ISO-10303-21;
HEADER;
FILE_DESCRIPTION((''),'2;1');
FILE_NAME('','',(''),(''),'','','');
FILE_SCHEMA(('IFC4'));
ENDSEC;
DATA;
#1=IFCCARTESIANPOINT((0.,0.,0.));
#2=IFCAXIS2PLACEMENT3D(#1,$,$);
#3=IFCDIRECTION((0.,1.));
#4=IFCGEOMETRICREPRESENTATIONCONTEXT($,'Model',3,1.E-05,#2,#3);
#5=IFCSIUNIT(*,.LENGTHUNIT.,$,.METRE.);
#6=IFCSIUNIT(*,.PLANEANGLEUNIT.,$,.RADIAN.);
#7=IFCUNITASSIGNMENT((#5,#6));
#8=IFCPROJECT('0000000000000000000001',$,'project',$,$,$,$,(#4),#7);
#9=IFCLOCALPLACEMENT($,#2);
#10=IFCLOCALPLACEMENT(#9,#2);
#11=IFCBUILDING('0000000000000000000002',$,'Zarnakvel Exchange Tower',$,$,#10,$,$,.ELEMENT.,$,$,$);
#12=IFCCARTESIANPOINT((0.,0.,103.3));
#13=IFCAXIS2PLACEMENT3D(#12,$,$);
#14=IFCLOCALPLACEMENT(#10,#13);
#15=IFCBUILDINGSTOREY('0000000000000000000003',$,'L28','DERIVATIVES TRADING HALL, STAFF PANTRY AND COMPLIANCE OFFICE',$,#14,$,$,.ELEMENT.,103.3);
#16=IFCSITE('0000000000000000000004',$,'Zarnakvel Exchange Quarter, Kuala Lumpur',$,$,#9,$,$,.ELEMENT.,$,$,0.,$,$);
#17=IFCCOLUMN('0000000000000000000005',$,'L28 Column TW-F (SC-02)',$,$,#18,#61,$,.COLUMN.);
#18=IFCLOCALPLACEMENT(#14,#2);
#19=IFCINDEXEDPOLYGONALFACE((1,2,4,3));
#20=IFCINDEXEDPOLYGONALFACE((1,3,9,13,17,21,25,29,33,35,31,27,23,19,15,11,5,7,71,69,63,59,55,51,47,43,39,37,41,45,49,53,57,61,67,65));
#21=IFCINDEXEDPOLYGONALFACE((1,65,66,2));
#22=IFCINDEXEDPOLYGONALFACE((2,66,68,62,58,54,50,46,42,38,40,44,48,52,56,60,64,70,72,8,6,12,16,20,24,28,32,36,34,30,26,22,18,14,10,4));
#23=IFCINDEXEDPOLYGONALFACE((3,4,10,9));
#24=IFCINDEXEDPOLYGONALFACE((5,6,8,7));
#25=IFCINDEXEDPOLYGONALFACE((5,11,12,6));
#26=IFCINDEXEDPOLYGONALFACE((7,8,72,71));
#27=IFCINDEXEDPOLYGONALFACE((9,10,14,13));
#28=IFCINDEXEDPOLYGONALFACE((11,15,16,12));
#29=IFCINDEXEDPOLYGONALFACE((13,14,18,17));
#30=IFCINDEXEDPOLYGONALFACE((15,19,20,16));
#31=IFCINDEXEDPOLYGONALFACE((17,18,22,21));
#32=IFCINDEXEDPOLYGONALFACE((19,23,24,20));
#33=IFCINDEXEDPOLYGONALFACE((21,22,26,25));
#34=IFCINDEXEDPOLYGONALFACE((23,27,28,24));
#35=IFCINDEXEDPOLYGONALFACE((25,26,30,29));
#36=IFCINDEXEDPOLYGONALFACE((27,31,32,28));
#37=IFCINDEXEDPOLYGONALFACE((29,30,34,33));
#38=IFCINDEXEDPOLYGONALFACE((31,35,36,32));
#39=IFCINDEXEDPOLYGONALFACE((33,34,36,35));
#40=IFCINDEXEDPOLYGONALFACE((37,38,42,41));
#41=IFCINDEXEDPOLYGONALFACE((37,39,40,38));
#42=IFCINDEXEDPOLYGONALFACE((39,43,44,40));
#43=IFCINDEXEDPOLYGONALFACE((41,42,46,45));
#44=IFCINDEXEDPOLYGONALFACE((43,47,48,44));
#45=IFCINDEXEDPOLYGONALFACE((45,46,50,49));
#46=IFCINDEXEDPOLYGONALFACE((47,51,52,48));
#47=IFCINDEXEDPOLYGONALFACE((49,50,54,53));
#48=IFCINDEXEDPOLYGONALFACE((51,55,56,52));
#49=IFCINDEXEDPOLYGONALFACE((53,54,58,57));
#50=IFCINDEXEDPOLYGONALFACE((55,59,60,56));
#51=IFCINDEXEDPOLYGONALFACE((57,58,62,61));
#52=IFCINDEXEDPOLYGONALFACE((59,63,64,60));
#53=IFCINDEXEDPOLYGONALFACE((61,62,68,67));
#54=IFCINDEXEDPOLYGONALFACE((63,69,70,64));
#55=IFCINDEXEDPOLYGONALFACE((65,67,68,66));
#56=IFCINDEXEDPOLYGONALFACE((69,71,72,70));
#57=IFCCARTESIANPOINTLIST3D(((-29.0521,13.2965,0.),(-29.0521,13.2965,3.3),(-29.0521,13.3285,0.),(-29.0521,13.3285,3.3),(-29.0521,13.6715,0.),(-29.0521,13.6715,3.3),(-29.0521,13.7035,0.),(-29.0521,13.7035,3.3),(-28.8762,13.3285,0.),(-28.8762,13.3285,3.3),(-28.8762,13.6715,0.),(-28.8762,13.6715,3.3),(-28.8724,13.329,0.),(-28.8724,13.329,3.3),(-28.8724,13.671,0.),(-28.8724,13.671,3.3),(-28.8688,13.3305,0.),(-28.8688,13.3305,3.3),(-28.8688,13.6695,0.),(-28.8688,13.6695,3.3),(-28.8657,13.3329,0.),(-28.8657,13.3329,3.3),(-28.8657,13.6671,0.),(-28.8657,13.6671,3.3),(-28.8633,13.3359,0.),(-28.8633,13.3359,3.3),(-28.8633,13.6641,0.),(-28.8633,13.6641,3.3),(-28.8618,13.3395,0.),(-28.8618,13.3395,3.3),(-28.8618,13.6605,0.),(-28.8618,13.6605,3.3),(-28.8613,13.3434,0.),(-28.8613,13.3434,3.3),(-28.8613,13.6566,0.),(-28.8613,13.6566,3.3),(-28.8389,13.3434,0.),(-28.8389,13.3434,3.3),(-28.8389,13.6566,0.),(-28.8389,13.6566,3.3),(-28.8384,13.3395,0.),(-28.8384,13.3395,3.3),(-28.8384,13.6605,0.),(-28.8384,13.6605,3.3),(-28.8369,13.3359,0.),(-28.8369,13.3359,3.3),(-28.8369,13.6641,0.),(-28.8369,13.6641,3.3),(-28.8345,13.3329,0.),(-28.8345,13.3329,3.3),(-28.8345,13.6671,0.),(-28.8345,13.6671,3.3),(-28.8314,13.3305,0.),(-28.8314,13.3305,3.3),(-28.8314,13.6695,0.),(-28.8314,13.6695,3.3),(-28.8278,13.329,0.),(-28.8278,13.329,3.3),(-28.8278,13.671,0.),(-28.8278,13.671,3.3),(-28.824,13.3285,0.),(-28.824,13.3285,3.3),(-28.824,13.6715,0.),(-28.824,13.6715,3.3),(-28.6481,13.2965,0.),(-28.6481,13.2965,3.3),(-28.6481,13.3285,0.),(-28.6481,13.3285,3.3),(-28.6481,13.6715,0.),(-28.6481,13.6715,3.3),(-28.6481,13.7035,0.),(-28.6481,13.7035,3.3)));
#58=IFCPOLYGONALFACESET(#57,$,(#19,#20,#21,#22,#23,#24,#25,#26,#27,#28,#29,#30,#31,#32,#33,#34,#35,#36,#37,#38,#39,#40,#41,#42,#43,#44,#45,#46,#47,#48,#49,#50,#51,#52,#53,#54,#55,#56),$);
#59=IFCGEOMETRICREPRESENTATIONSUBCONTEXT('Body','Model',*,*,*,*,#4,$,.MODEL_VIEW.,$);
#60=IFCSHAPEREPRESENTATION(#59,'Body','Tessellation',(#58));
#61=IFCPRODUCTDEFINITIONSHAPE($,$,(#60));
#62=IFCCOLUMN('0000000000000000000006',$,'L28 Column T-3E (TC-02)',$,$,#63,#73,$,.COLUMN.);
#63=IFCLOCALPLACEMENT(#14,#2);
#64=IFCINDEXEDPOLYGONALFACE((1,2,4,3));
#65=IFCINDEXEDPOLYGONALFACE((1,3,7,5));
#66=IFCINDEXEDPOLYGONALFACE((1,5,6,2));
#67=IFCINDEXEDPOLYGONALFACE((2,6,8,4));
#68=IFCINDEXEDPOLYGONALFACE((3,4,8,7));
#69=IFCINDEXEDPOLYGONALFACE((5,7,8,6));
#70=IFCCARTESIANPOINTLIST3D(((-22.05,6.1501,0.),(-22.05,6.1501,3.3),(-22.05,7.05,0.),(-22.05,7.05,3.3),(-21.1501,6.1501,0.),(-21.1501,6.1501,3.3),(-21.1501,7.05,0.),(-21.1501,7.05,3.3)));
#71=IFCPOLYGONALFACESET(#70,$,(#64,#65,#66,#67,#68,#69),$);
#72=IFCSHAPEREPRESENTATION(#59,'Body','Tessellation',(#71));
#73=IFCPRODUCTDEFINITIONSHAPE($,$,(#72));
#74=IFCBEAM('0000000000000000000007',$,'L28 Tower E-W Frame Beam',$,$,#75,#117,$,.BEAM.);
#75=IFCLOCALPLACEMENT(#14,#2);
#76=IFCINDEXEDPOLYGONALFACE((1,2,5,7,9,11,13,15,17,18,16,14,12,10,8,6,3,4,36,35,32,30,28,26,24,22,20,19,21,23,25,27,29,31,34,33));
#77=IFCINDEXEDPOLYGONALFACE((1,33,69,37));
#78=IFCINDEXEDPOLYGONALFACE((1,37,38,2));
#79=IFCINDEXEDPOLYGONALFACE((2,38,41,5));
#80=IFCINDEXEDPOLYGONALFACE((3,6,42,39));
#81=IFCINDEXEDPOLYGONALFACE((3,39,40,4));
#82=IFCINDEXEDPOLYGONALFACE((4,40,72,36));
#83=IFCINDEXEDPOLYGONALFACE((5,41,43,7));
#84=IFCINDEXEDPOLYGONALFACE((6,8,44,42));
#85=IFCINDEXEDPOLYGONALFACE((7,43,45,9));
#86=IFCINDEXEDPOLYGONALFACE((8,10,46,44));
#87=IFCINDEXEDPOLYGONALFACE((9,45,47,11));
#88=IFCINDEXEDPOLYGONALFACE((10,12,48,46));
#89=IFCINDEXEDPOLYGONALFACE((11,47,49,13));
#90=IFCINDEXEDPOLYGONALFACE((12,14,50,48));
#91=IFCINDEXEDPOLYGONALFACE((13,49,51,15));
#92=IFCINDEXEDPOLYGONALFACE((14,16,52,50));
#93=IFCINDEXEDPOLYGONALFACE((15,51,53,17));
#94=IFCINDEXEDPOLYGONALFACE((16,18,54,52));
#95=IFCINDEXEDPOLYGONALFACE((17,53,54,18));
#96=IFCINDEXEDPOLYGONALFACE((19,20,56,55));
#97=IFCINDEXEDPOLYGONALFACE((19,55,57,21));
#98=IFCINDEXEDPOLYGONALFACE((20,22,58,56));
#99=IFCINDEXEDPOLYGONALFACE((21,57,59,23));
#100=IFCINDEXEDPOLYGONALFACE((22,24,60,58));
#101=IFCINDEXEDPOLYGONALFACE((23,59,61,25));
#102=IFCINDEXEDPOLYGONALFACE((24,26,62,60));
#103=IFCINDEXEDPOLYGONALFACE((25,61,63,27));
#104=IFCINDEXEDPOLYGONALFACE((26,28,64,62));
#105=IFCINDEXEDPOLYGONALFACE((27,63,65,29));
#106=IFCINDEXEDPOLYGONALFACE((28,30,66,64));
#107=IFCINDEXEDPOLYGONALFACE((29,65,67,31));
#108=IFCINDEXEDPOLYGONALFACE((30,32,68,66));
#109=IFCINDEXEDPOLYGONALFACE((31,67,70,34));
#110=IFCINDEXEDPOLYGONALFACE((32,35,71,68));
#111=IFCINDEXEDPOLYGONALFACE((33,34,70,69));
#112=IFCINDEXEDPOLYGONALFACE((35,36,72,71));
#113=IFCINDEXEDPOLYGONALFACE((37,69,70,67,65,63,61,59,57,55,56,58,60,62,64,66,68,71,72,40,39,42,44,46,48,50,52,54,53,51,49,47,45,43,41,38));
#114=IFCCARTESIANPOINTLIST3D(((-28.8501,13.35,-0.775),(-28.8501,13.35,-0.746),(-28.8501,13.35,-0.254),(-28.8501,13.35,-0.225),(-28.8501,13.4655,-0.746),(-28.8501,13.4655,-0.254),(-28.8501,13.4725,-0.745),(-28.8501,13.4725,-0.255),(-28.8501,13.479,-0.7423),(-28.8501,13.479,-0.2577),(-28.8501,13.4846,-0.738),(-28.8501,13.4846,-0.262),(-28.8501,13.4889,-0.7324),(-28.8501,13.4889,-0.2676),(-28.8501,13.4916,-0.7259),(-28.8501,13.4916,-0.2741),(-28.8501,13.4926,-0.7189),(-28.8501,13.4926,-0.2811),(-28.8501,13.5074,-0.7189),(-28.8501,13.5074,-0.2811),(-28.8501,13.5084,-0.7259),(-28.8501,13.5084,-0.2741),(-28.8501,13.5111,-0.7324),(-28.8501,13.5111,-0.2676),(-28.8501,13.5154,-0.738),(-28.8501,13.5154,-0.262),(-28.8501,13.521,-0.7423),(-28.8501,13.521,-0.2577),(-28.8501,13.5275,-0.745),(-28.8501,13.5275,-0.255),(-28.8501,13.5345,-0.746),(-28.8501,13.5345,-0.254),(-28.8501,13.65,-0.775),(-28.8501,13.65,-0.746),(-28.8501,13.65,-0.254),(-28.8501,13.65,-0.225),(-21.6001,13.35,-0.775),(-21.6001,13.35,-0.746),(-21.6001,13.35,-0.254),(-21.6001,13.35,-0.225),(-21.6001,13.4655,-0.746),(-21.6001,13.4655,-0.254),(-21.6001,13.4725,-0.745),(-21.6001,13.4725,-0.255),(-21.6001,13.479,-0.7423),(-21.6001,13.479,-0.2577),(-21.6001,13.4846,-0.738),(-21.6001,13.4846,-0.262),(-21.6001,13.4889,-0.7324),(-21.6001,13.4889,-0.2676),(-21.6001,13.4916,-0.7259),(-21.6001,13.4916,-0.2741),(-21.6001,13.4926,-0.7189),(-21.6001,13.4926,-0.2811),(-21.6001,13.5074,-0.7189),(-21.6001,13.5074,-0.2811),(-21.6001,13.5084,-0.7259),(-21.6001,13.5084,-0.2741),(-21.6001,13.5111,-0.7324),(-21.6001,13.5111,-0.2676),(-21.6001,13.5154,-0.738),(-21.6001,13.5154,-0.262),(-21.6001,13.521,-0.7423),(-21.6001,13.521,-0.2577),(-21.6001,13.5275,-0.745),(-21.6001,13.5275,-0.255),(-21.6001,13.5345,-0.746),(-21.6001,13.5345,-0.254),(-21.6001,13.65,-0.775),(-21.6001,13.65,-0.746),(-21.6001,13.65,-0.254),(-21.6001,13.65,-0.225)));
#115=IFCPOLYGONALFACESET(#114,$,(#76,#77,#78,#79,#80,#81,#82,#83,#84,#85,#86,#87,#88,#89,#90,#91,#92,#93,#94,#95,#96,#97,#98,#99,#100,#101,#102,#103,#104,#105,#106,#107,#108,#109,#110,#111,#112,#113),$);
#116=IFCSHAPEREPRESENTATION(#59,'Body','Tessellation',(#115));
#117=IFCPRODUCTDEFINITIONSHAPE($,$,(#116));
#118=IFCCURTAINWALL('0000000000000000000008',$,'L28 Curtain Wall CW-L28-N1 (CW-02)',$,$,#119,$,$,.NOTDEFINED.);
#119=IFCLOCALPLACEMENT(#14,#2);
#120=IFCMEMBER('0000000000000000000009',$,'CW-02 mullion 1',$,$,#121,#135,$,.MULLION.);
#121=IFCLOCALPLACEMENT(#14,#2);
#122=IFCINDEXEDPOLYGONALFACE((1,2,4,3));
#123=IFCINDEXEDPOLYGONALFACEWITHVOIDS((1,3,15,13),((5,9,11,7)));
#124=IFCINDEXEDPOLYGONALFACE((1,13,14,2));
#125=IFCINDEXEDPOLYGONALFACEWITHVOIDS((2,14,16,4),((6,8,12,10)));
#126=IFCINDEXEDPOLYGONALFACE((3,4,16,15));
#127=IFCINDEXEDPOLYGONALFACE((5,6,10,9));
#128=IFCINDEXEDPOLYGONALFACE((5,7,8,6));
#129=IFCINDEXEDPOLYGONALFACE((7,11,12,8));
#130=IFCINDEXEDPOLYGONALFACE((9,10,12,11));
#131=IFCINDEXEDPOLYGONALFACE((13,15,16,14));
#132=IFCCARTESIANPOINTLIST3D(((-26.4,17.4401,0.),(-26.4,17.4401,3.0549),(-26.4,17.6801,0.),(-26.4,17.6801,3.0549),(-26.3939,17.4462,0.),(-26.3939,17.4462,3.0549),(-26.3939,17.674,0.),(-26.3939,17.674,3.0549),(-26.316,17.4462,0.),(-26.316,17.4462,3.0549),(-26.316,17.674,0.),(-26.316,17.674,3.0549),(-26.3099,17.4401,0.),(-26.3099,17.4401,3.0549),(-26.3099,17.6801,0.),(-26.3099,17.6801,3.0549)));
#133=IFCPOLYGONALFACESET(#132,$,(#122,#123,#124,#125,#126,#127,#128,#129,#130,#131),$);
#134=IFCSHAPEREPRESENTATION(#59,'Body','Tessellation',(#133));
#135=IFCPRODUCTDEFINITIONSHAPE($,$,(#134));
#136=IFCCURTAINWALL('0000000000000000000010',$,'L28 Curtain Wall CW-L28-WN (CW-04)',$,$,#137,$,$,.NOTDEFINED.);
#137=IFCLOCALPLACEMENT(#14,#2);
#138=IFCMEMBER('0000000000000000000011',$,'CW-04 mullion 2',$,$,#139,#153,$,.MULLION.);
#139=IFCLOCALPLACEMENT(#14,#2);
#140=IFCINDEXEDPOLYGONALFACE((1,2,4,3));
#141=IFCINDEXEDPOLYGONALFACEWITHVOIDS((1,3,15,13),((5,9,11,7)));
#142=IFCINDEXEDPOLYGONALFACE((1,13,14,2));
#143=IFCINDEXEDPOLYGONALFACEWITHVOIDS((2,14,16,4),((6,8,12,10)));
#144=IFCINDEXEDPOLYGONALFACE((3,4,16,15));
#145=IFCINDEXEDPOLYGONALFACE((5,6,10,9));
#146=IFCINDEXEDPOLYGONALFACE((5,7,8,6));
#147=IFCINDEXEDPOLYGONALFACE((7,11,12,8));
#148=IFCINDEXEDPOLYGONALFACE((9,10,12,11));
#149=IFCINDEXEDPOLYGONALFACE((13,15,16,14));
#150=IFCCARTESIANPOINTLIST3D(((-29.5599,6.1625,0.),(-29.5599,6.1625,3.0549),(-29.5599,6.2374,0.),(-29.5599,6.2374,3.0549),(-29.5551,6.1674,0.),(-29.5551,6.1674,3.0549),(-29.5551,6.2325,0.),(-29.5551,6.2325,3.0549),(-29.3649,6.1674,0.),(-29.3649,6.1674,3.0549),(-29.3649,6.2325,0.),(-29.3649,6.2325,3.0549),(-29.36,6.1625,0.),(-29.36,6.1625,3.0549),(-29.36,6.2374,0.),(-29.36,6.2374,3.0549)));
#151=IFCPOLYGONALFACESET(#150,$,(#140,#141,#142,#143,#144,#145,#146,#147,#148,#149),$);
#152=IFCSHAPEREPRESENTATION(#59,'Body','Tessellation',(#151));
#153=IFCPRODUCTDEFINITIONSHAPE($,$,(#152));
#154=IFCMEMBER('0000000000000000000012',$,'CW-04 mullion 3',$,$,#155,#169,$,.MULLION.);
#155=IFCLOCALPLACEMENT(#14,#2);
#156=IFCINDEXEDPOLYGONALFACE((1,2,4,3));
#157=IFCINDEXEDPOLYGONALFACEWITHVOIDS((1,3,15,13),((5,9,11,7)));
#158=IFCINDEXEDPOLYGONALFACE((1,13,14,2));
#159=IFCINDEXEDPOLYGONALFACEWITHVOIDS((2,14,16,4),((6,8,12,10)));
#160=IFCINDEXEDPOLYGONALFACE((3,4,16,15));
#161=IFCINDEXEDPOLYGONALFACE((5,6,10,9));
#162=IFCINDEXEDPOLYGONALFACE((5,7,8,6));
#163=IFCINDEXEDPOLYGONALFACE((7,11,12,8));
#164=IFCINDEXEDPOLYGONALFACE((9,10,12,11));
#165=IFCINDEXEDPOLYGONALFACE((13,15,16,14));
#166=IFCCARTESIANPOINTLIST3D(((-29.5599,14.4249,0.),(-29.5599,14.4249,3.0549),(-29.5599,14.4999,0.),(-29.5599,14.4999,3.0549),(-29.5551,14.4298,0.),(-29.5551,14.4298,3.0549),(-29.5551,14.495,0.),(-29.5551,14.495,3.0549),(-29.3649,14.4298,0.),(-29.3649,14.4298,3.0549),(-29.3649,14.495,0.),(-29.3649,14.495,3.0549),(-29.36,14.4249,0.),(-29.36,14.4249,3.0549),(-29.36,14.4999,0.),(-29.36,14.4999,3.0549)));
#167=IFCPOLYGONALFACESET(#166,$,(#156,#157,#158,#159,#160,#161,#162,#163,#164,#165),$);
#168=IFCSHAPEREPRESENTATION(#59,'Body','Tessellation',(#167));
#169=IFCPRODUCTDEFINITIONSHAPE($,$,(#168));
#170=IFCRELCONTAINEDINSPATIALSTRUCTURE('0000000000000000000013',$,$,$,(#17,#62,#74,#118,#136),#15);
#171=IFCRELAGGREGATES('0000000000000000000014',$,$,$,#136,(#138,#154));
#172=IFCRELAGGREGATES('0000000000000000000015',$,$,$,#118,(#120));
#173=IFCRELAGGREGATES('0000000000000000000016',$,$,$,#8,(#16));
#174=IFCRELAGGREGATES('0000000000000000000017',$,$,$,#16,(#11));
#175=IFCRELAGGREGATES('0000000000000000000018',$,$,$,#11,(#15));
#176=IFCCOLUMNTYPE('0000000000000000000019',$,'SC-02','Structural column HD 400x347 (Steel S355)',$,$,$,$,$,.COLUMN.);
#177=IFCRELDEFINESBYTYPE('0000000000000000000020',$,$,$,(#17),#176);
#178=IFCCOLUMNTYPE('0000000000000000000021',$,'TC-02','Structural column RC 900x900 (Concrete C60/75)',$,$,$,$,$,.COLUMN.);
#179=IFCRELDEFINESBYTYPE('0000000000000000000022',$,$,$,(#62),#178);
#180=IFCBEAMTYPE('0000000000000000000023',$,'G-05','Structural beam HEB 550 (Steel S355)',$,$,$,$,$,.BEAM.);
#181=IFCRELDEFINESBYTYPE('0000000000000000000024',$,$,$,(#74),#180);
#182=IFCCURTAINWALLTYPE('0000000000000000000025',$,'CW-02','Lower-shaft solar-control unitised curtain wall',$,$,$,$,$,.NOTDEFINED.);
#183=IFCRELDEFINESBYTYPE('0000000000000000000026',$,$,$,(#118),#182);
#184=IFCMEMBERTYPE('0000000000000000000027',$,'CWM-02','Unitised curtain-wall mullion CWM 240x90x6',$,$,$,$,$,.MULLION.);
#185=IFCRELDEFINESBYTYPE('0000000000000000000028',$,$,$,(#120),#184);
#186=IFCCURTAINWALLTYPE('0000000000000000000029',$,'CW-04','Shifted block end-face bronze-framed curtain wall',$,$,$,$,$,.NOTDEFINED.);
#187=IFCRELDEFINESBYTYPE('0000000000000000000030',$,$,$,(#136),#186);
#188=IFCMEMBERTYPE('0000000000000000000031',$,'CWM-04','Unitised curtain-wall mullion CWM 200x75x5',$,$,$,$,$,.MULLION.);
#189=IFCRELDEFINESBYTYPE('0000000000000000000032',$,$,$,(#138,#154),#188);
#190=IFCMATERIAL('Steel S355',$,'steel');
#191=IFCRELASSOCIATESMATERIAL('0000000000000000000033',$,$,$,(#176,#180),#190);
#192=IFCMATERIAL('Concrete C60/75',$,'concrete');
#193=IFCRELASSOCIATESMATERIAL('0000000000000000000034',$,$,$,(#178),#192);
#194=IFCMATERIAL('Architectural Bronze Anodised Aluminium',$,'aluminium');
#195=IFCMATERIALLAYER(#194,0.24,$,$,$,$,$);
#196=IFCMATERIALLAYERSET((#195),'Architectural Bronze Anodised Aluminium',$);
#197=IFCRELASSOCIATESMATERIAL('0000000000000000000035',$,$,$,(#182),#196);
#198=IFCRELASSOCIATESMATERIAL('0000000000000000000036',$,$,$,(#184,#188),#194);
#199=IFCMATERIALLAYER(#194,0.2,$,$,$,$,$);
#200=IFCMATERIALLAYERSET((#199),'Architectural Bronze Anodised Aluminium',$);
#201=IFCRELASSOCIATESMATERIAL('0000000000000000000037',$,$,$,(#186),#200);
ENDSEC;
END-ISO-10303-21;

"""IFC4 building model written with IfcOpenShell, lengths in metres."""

from ifc_helpers import new_model, si_unit, direction, frame, origin, origin_2d, place, context, subcontext, project, spatial, rectangle, hollow_rectangle, i_section, extrude, source, transform, mapped, material, layer, layer_set, material_profile, profile_set, type_object, element, aggregate, save


model = new_model("IFC4")

# Units and contexts
model_context = context("Model", 3, precision=1e-05, world=origin(), true_north=direction((0.0, 1.0)))
body_context = subcontext(model_context, "Body", "Model", "MODEL_VIEW")
ifc_project = project(units=[si_unit("LENGTHUNIT", "METRE"), si_unit("PLANEANGLEUNIT", "RADIAN")], contexts=[model_context])

# Site, building, storey
site_placement = place(None, origin())
site = spatial("IfcSite", under=ifc_project, at=site_placement, Name="Zarnakvel Exchange Quarter, Kuala Lumpur", CompositionType="ELEMENT", RefElevation=0.0)
building_placement = place(site_placement, origin())
building = spatial("IfcBuilding", under=site, at=building_placement, Name="Zarnakvel Exchange Tower", CompositionType="ELEMENT")
storey_placement = place(building_placement, frame((0.0, 0.0, 103.3)))
storey = spatial("IfcBuildingStorey", under=building, at=storey_placement, Name="L28", Description="DERIVATIVES TRADING HALL, STAFF PANTRY AND COMPLIANCE OFFICE", CompositionType="ELEMENT", Elevation=103.3)

# Columns
ifc_material_1 = material(Name="Steel S355", Category="steel")
ifc_material_profile_1 = material_profile(ifc_material_1, i_section(OverallWidth=0.4041, OverallDepth=0.407, WebThickness=0.0225, FlangeThickness=0.032, FilletRadius=0.0149, at=origin_2d()))
ifc_profile_set_1 = profile_set([ifc_material_profile_1], Name="Steel S355")
column_type_1 = type_object("IfcColumnType", Name="SC-02", Description="Structural column HD 400x347 (Steel S355)", PredefinedType="COLUMN", material=ifc_profile_set_1)
column_1_placement = place(storey_placement, frame((-28.8501, 13.5, 0.0), z_axis=(0.0, 0.0, 1.0), x_axis=(1.0, 0.0, 0.0)))
element("IfcColumn", 1, at=column_1_placement, inside=storey, type_object=column_type_1, Name="L28 Column TW-F (SC-02)", PredefinedType="COLUMN", context=body_context, shape_type="SweptSolid", body=[
    extrude(i_section(OverallWidth=0.4041, OverallDepth=0.407, WebThickness=0.0225, FlangeThickness=0.032, FilletRadius=0.0149, at=origin_2d()), origin(), (0.0, 0.0, 1.0), 3.3),
])
ifc_material_2 = material(Name="Concrete C60/75", Category="concrete")
ifc_material_profile_2 = material_profile(ifc_material_2, rectangle(XDim=0.8999, YDim=0.8999, at=origin_2d()))
ifc_profile_set_2 = profile_set([ifc_material_profile_2], Name="Concrete C60/75")
column_type_2 = type_object("IfcColumnType", Name="TC-02", Description="Structural column RC 900x900 (Concrete C60/75)", PredefinedType="COLUMN", material=ifc_profile_set_2)
column_2_placement = place(storey_placement, frame((-21.6001, 6.6001, 0.0), z_axis=(0.0, 0.0, 1.0), x_axis=(1.0, 0.0, 0.0)))
element("IfcColumn", 2, at=column_2_placement, inside=storey, type_object=column_type_2, Name="L28 Column T-3E (TC-02)", PredefinedType="COLUMN", context=body_context, shape_type="SweptSolid", body=[
    extrude(rectangle(XDim=0.8999, YDim=0.8999, at=origin_2d()), origin(), (0.0, 0.0, 1.0), 3.3),
])

# Beam
ifc_material_profile_3 = material_profile(ifc_material_1, i_section(OverallWidth=0.3, OverallDepth=0.55, WebThickness=0.0149, FlangeThickness=0.0291, FilletRadius=0.0271, at=origin_2d()))
ifc_profile_set_3 = profile_set([ifc_material_profile_3], Name="Steel S355")
beam_type = type_object("IfcBeamType", Name="G-05", Description="Structural beam HEB 550 (Steel S355)", PredefinedType="BEAM", material=ifc_profile_set_3)
beam_placement = place(storey_placement, frame((-28.8501, 13.5, -0.5), z_axis=(1.0, 0.0, 0.0), x_axis=(0.0, 1.0, 0.0)))
element("IfcBeam", 3, at=beam_placement, inside=storey, type_object=beam_type, Name="L28 Tower E-W Frame Beam", PredefinedType="BEAM", context=body_context, shape_type="SweptSolid", body=[
    extrude(i_section(OverallWidth=0.3, OverallDepth=0.55, WebThickness=0.0149, FlangeThickness=0.0291, FilletRadius=0.0271, at=origin_2d()), origin(), (0.0, 0.0, 1.0), 7.25),
])

# Curtain wall, member
ifc_material_3 = material(Name="Architectural Bronze Anodised Aluminium", Category="aluminium")
ifc_layer_1 = layer(ifc_material_3, 0.24)
ifc_layer_set_1 = layer_set([ifc_layer_1], Name="Architectural Bronze Anodised Aluminium")
curtain_wall_type_1 = type_object("IfcCurtainWallType", Name="CW-02", Description="Lower-shaft solar-control unitised curtain wall", PredefinedType="NOTDEFINED", material=ifc_layer_set_1)
curtain_wall_1_placement = place(storey_placement, origin())
curtain_wall_1 = element("IfcCurtainWall", 4, at=curtain_wall_1_placement, inside=storey, type_object=curtain_wall_type_1, Name="L28 Curtain Wall CW-L28-N1 (CW-02)", PredefinedType="NOTDEFINED")
ifc_material_profile_4 = material_profile(ifc_material_3, hollow_rectangle(XDim=0.24, YDim=0.0901, WallThickness=0.0061, at=origin_2d()))
ifc_profile_set_4 = profile_set([ifc_material_profile_4], Name="Architectural Bronze Anodised Aluminium")
member_type_1 = type_object("IfcMemberType", Name="CWM-02", Description="Unitised curtain-wall mullion CWM 240x90x6", PredefinedType="MULLION", material=ifc_profile_set_4)
shared_shape_1 = source(origin(), body_context, "Body", "SweptSolid", [
    extrude(hollow_rectangle(XDim=0.24, YDim=0.0901, WallThickness=0.0061, at=origin_2d()), origin(), (0.0, 0.0, 1.0), 3.0549),
])
member_1_placement = place(storey_placement, frame((-26.355, 17.5601, 0.0), z_axis=(0.0, 0.0, 1.0), x_axis=(0.0, 1.0, 0.0)))
member_1 = element("IfcMember", 5, at=member_1_placement, type_object=member_type_1, Name="CW-02 mullion 1", PredefinedType="MULLION", context=body_context, shape_type="MappedRepresentation", body=[
    mapped(shared_shape_1, transform((0.0, 0.0, 0.0), x_axis=(1.0, 0.0, 0.0), y_axis=(0.0, 1.0, 0.0), z_axis=(0.0, 0.0, 1.0), scale=1.0)),
])

# Curtain wall, members
ifc_layer_2 = layer(ifc_material_3, 0.2)
ifc_layer_set_2 = layer_set([ifc_layer_2], Name="Architectural Bronze Anodised Aluminium")
curtain_wall_type_2 = type_object("IfcCurtainWallType", Name="CW-04", Description="Shifted block end-face bronze-framed curtain wall", PredefinedType="NOTDEFINED", material=ifc_layer_set_2)
curtain_wall_2_placement = place(storey_placement, origin())
curtain_wall_2 = element("IfcCurtainWall", 6, at=curtain_wall_2_placement, inside=storey, type_object=curtain_wall_type_2, Name="L28 Curtain Wall CW-L28-WN (CW-04)", PredefinedType="NOTDEFINED")
ifc_material_profile_5 = material_profile(ifc_material_3, hollow_rectangle(XDim=0.2, YDim=0.075, WallThickness=0.0049, at=origin_2d()))
ifc_profile_set_5 = profile_set([ifc_material_profile_5], Name="Architectural Bronze Anodised Aluminium")
member_type_2 = type_object("IfcMemberType", Name="CWM-04", Description="Unitised curtain-wall mullion CWM 200x75x5", PredefinedType="MULLION", material=ifc_profile_set_5)
shared_shape_2 = source(origin(), body_context, "Body", "SweptSolid", [
    extrude(hollow_rectangle(XDim=0.2, YDim=0.075, WallThickness=0.0049, at=origin_2d()), origin(), (0.0, 0.0, 1.0), 3.0549),
])
member_2_placement = place(storey_placement, frame((-29.46, 6.2, 0.0), z_axis=(0.0, 0.0, 1.0), x_axis=(-1.0, 0.0, 0.0)))
member_2 = element("IfcMember", 7, at=member_2_placement, type_object=member_type_2, Name="CW-04 mullion 2", PredefinedType="MULLION", context=body_context, shape_type="MappedRepresentation", body=[
    mapped(shared_shape_2, transform((0.0, 0.0, 0.0), x_axis=(1.0, 0.0, 0.0), y_axis=(0.0, 1.0, 0.0), z_axis=(0.0, 0.0, 1.0), scale=1.0)),
])
member_3_placement = place(storey_placement, frame((-29.46, 14.4624, 0.0), z_axis=(0.0, 0.0, 1.0), x_axis=(-1.0, 0.0, 0.0)))
member_3 = element("IfcMember", 8, at=member_3_placement, type_object=member_type_2, Name="CW-04 mullion 3", PredefinedType="MULLION", context=body_context, shape_type="MappedRepresentation", body=[
    mapped(shared_shape_2, transform((0.0, 0.0, 0.0), x_axis=(1.0, 0.0, 0.0), y_axis=(0.0, 1.0, 0.0), z_axis=(0.0, 0.0, 1.0), scale=1.0)),
])

aggregate(curtain_wall_2, [member_2, member_3])
aggregate(curtain_wall_1, [member_1])

save(model, "model.ifc")
